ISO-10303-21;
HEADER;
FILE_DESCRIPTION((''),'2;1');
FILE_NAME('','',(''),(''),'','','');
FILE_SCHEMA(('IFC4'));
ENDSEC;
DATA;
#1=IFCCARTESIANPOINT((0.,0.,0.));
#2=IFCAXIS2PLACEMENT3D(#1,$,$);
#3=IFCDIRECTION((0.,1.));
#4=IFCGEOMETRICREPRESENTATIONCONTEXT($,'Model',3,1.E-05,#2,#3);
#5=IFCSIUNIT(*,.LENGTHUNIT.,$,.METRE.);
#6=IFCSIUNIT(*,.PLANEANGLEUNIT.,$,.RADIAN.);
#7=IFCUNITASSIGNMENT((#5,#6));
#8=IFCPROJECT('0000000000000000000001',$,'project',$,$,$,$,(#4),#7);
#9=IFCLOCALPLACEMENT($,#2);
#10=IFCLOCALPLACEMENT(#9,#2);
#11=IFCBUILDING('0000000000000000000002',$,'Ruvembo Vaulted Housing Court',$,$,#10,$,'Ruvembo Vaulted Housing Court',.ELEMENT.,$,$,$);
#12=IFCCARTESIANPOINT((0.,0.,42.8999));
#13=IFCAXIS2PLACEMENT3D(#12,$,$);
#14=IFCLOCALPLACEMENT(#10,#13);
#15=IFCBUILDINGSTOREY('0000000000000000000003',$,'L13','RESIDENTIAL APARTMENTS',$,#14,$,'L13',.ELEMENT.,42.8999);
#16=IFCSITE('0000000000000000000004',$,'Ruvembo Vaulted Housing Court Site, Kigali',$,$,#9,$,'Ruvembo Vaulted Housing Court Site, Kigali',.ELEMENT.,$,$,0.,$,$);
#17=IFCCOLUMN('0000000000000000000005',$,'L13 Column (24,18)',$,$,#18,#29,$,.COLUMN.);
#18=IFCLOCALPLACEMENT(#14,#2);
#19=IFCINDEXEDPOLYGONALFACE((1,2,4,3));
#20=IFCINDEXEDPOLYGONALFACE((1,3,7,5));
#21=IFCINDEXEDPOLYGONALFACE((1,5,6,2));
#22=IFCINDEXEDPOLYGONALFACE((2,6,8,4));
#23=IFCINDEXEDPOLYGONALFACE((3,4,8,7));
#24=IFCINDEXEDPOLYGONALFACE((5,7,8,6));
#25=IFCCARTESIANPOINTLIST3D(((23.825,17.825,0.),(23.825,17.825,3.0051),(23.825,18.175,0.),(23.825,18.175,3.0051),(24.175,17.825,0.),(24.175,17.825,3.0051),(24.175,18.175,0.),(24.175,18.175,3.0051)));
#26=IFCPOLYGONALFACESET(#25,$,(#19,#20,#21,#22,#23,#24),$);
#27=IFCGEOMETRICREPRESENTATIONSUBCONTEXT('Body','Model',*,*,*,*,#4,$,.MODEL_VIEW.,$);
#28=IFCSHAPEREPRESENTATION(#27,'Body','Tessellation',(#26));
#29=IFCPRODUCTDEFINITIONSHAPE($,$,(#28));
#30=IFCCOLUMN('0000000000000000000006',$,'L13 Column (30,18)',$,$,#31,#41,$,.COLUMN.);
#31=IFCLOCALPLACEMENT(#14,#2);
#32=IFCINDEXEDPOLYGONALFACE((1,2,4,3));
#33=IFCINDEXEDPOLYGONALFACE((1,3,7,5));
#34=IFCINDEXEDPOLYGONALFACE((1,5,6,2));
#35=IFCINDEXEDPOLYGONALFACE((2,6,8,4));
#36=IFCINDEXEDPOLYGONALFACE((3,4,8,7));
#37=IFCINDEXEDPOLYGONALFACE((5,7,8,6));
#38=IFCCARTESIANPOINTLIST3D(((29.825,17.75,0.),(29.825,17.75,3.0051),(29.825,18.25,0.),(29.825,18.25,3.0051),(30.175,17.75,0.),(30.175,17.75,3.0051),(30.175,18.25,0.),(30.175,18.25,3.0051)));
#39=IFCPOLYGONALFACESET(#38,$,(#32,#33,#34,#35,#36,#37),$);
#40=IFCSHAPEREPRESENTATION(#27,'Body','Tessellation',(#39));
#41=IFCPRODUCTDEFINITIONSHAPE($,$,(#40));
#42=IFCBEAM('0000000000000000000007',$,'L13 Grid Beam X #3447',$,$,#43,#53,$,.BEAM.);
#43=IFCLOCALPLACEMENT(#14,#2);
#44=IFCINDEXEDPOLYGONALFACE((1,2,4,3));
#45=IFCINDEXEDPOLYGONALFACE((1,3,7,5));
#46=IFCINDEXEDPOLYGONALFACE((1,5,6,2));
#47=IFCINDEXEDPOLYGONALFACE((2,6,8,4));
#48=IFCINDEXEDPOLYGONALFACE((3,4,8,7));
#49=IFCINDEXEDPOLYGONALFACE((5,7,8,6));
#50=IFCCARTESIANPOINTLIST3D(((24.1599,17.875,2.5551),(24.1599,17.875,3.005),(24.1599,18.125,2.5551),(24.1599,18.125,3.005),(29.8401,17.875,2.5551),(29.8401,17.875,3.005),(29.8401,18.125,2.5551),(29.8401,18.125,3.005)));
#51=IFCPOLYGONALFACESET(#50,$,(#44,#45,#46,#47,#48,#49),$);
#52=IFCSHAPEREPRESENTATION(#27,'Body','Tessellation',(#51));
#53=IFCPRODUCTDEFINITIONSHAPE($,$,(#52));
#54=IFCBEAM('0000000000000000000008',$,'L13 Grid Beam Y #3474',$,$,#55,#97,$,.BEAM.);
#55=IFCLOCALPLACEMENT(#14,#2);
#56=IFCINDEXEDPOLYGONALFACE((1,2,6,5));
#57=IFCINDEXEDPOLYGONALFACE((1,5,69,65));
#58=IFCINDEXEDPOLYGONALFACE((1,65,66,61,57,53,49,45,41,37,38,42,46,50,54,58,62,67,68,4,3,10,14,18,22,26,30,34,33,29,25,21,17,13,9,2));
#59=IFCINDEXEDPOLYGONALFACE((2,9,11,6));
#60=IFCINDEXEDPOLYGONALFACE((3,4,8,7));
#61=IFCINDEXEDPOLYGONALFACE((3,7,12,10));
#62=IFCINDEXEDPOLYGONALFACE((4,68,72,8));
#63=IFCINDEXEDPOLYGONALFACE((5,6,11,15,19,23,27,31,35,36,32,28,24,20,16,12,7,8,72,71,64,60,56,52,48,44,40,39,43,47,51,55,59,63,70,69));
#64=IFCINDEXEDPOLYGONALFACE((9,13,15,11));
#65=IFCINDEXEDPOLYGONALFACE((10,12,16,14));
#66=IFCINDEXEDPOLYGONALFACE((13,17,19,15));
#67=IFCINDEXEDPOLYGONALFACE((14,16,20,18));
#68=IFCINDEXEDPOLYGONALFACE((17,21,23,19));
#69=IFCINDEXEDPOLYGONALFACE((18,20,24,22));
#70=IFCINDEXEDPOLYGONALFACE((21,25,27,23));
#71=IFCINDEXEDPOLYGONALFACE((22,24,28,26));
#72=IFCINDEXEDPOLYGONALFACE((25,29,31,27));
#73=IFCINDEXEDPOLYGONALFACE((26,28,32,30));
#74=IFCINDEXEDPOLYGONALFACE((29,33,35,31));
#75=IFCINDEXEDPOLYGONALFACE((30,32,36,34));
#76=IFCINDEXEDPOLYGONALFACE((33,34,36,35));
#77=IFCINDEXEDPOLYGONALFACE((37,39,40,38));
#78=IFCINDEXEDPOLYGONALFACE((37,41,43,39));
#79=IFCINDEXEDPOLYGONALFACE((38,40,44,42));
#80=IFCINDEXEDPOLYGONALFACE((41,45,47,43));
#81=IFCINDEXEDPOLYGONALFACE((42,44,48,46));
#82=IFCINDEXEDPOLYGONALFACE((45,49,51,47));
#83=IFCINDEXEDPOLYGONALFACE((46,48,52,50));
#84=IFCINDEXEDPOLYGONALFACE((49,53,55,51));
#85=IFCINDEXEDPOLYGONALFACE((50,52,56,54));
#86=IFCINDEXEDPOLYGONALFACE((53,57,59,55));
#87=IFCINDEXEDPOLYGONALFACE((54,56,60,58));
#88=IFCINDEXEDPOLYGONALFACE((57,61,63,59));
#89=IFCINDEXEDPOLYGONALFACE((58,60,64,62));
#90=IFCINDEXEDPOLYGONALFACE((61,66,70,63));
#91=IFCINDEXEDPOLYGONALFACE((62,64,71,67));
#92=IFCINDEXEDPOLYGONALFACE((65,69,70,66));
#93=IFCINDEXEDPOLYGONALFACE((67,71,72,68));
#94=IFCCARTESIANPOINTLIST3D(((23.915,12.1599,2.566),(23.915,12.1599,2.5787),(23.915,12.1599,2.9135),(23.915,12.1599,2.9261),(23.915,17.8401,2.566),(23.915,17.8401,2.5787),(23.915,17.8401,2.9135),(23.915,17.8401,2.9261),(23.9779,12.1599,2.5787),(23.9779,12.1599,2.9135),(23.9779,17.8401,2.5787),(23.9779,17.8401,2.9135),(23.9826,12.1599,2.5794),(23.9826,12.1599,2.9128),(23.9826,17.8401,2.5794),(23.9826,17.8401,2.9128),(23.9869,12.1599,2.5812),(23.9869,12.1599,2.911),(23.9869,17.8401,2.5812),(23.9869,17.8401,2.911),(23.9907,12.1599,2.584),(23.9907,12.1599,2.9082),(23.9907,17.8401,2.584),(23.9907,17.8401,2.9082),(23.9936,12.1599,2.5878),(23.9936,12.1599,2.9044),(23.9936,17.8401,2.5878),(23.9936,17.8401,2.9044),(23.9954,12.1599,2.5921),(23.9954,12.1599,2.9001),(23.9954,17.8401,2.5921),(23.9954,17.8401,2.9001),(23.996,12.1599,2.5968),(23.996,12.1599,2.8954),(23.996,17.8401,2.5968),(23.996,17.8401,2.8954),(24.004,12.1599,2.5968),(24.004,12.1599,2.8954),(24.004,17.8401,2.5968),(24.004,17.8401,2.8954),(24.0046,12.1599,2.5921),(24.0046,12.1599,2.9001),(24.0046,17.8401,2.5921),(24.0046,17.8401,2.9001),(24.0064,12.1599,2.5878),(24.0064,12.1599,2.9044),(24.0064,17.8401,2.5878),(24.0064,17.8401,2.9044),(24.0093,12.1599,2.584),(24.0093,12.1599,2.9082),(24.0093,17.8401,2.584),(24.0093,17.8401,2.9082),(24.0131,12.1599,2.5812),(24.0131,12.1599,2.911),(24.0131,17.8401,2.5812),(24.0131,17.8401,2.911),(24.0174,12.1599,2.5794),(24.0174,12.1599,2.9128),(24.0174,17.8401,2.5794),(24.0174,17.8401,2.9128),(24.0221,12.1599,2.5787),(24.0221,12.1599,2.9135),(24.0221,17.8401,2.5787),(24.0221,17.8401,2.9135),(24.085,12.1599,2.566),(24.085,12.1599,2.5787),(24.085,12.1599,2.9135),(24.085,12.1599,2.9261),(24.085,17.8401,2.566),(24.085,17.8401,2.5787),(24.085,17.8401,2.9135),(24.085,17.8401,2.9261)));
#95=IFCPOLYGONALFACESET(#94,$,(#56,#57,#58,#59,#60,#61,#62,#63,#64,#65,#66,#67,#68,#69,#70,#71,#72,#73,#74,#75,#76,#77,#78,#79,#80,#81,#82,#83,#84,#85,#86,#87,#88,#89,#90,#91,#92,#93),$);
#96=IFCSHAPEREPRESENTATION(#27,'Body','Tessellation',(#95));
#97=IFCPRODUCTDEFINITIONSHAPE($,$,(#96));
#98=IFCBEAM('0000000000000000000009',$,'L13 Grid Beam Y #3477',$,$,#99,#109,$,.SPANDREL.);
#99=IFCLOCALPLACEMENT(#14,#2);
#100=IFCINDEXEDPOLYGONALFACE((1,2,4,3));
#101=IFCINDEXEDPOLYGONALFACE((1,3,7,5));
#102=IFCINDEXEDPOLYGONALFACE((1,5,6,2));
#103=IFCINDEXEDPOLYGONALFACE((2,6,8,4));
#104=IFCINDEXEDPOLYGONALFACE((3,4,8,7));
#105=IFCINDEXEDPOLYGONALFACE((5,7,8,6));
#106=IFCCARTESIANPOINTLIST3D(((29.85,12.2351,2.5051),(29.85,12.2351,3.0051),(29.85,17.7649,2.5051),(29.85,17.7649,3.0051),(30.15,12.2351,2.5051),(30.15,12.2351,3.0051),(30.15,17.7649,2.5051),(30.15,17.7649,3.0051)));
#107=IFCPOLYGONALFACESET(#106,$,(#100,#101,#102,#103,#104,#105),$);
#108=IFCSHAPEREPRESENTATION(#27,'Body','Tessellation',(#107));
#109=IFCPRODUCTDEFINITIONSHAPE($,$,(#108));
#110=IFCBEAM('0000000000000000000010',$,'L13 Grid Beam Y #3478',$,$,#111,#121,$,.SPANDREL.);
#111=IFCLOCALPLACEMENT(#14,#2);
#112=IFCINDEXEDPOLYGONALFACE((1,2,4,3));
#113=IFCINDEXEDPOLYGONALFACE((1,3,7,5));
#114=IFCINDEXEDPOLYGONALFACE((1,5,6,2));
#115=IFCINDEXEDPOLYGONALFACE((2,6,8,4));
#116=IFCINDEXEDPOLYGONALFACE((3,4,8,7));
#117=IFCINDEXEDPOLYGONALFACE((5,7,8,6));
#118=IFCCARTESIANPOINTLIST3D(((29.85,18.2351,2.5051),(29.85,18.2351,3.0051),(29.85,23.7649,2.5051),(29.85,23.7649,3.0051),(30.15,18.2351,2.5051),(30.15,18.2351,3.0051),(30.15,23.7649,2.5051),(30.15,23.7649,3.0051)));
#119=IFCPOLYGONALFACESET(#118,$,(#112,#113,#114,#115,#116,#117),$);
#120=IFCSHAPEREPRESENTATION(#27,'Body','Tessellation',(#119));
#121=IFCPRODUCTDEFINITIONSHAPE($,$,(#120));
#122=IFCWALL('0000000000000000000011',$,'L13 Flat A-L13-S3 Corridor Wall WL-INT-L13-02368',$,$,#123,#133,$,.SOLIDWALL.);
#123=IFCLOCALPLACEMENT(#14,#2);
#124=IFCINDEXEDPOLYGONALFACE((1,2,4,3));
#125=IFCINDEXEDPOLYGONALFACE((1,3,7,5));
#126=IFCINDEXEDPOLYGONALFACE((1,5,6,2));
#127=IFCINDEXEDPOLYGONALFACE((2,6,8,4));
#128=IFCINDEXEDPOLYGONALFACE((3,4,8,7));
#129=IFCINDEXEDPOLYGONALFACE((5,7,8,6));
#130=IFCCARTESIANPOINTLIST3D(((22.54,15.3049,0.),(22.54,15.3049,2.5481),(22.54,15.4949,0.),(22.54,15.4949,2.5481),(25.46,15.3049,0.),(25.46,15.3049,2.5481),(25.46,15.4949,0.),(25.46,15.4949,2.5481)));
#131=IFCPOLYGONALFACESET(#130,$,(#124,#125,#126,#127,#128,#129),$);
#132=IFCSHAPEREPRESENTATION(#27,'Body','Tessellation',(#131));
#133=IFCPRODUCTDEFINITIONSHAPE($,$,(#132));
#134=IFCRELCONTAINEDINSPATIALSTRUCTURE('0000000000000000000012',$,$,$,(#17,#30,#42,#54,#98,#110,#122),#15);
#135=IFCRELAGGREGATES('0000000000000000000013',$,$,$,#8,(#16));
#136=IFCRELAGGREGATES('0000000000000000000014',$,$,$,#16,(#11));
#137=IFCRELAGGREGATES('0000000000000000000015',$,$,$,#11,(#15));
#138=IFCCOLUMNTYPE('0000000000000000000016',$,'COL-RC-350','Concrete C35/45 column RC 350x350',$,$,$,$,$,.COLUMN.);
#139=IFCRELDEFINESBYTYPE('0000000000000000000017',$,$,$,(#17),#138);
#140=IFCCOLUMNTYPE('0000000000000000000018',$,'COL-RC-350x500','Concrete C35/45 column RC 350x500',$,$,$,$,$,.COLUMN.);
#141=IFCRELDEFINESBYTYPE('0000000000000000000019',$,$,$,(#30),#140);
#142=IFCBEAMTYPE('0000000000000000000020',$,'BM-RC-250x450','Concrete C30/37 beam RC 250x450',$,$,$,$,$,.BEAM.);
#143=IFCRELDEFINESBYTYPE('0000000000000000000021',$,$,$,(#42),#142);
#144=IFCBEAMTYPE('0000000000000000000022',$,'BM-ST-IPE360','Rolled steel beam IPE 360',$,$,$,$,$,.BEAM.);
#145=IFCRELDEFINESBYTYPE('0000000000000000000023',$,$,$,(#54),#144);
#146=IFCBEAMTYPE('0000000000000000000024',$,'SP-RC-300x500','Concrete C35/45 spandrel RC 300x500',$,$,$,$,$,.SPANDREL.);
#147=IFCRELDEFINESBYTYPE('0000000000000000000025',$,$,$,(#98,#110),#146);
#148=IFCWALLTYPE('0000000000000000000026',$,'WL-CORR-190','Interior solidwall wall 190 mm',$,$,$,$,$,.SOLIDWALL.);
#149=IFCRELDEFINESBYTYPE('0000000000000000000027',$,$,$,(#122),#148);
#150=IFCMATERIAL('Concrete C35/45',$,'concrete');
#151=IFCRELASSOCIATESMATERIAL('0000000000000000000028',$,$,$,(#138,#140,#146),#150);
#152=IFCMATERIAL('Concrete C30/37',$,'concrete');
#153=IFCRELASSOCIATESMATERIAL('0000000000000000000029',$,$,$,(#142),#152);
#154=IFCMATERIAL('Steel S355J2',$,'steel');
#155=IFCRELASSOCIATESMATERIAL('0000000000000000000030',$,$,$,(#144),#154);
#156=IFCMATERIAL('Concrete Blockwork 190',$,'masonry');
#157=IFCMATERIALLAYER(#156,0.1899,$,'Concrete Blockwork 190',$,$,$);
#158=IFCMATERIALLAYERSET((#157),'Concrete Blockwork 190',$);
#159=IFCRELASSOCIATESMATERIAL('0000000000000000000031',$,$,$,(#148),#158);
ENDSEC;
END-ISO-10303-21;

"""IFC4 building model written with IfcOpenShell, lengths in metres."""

from ifc_helpers import new_model, si_unit, direction, frame, frame_2d, origin, origin_2d, place, context, subcontext, project, spatial, rectangle, i_section, extrude, material, layer, layer_set, material_profile, profile_set, type_object, element, save


model = new_model("IFC4")

# Units and contexts
model_context = context("Model", 3, precision=1e-05, world=origin(), true_north=direction((0.0, 1.0)))
body_context = subcontext(model_context, "Body", "Model", "MODEL_VIEW")
ifc_project = project(units=[si_unit("LENGTHUNIT", "METRE"), si_unit("PLANEANGLEUNIT", "RADIAN")], contexts=[model_context])

# Site, building, storey
site_placement = place(None, origin())
site = spatial("IfcSite", under=ifc_project, at=site_placement, Name="Ruvembo Vaulted Housing Court Site, Kigali", LongName="Ruvembo Vaulted Housing Court Site, Kigali", CompositionType="ELEMENT", RefElevation=0.0)
building_placement = place(site_placement, origin())
building = spatial("IfcBuilding", under=site, at=building_placement, Name="Ruvembo Vaulted Housing Court", LongName="Ruvembo Vaulted Housing Court", CompositionType="ELEMENT")
storey_placement = place(building_placement, frame((0.0, 0.0, 42.8999)))
storey = spatial("IfcBuildingStorey", under=building, at=storey_placement, Name="L13", Description="RESIDENTIAL APARTMENTS", LongName="L13", CompositionType="ELEMENT", Elevation=42.8999)

# Columns
ifc_material_1 = material(Name="Concrete C35/45", Category="concrete")
ifc_material_profile_1 = material_profile(ifc_material_1, rectangle(XDim=0.3501, YDim=0.3501, at=origin_2d()), Name="RC 350x350")
ifc_profile_set_1 = profile_set([ifc_material_profile_1], Name="Concrete C35/45")
column_type_1 = type_object("IfcColumnType", Name="COL-RC-350", Description="Concrete C35/45 column RC 350x350", PredefinedType="COLUMN", material=ifc_profile_set_1)
column_1_placement = place(storey_placement, frame((24.0, 18.0, 0.0), z_axis=(0.0, 0.0, 1.0), x_axis=(1.0, 0.0, 0.0)))
element("IfcColumn", 1, at=column_1_placement, inside=storey, type_object=column_type_1, Name="L13 Column (24,18)", PredefinedType="COLUMN", context=body_context, shape_type="SweptSolid", body=[
    extrude(rectangle(XDim=0.3501, YDim=0.3501, at=origin_2d()), origin(), (0.0, 0.0, 1.0), 3.0051),
])
ifc_material_profile_2 = material_profile(ifc_material_1, rectangle(XDim=0.3501, YDim=0.5, at=origin_2d()), Name="RC 350x500")
ifc_profile_set_2 = profile_set([ifc_material_profile_2], Name="Concrete C35/45")
column_type_2 = type_object("IfcColumnType", Name="COL-RC-350x500", Description="Concrete C35/45 column RC 350x500", PredefinedType="COLUMN", material=ifc_profile_set_2)
column_2_placement = place(storey_placement, frame((30.0, 18.0, 0.0), z_axis=(0.0, 0.0, 1.0), x_axis=(1.0, 0.0, 0.0)))
element("IfcColumn", 2, at=column_2_placement, inside=storey, type_object=column_type_2, Name="L13 Column (30,18)", PredefinedType="COLUMN", context=body_context, shape_type="SweptSolid", body=[
    extrude(rectangle(XDim=0.3501, YDim=0.5, at=origin_2d()), origin(), (0.0, 0.0, 1.0), 3.0051),
])

# Beams
ifc_material_2 = material(Name="Concrete C30/37", Category="concrete")
ifc_material_profile_3 = material_profile(ifc_material_2, rectangle(XDim=0.25, YDim=0.45, at=origin_2d()), Name="RC 250x450")
ifc_profile_set_3 = profile_set([ifc_material_profile_3], Name="Concrete C30/37")
beam_type_1 = type_object("IfcBeamType", Name="BM-RC-250x450", Description="Concrete C30/37 beam RC 250x450", PredefinedType="BEAM", material=ifc_profile_set_3)
beam_1_placement = place(storey_placement, frame((24.1599, 18.0, 2.78), z_axis=(1.0, 0.0, 0.0), x_axis=(0.0, 1.0, 0.0)))
element("IfcBeam", 3, at=beam_1_placement, inside=storey, type_object=beam_type_1, Name="L13 Grid Beam X #3447", PredefinedType="BEAM", context=body_context, shape_type="SweptSolid", body=[
    extrude(rectangle(XDim=0.25, YDim=0.45, at=origin_2d()), origin(), (0.0, 0.0, 1.0), 5.6802),
])
ifc_material_3 = material(Name="Steel S355J2", Category="steel")
ifc_material_profile_4 = material_profile(ifc_material_3, i_section(OverallWidth=0.1699, OverallDepth=0.3601, WebThickness=0.0081, FlangeThickness=0.0127, FilletRadius=0.0181, at=origin_2d()), Name="IPE 360")
ifc_profile_set_4 = profile_set([ifc_material_profile_4], Name="Steel S355J2")
beam_type_2 = type_object("IfcBeamType", Name="BM-ST-IPE360", Description="Rolled steel beam IPE 360", PredefinedType="BEAM", material=ifc_profile_set_4)
beam_2_placement = place(storey_placement, frame((24.0, 12.1599, 2.7461), z_axis=(0.0, 1.0, 0.0), x_axis=(-1.0, 0.0, 0.0)))
element("IfcBeam", 4, at=beam_2_placement, inside=storey, type_object=beam_type_2, Name="L13 Grid Beam Y #3474", PredefinedType="BEAM", context=body_context, shape_type="SweptSolid", body=[
    extrude(i_section(OverallWidth=0.1699, OverallDepth=0.3601, WebThickness=0.0081, FlangeThickness=0.0127, FilletRadius=0.0181, at=origin_2d()), origin(), (0.0, 0.0, 1.0), 5.6802),
])
ifc_material_profile_5 = material_profile(ifc_material_1, rectangle(XDim=0.3, YDim=0.5, at=origin_2d()), Name="RC 300x500")
ifc_profile_set_5 = profile_set([ifc_material_profile_5], Name="Concrete C35/45")
beam_type_3 = type_object("IfcBeamType", Name="SP-RC-300x500", Description="Concrete C35/45 spandrel RC 300x500", PredefinedType="SPANDREL", material=ifc_profile_set_5)
for number, where, z_axis, x_axis, name in (
    (5, (30.0, 12.2351, 2.7551), (0.0, 1.0, 0.0), (-1.0, 0.0, 0.0), "L13 Grid Beam Y #3477"),
    (6, (30.0, 18.2351, 2.7551), (0.0, 1.0, 0.0), (-1.0, 0.0, 0.0), "L13 Grid Beam Y #3478"),
):
    element("IfcBeam", number, at=place(storey_placement, frame(where, z_axis=z_axis, x_axis=x_axis)), inside=storey, type_object=beam_type_3, Name=name, PredefinedType="SPANDREL", context=body_context, shape_type="SweptSolid", body=[
        extrude(rectangle(XDim=0.3, YDim=0.5, at=origin_2d()), origin(), (0.0, 0.0, 1.0), 5.5298),
    ])

# Wall
ifc_material_4 = material(Name="Concrete Blockwork 190", Category="masonry")
ifc_layer_1 = layer(ifc_material_4, 0.1899, Name="Concrete Blockwork 190")
ifc_layer_set_1 = layer_set([ifc_layer_1], Name="Concrete Blockwork 190")
wall_type_1 = type_object("IfcWallType", Name="WL-CORR-190", Description="Interior solidwall wall 190 mm", PredefinedType="SOLIDWALL", material=ifc_layer_set_1)
wall_1_placement = place(storey_placement, frame((22.54, 15.3999, 0.0), z_axis=(0.0, 0.0, 1.0), x_axis=(1.0, 0.0, 0.0)))
element("IfcWall", 7, at=wall_1_placement, inside=storey, type_object=wall_type_1, Name="L13 Flat A-L13-S3 Corridor Wall WL-INT-L13-02368", PredefinedType="SOLIDWALL", context=body_context, shape_type="SweptSolid", body=[
    extrude(rectangle(XDim=2.9199, YDim=0.1899, at=frame_2d((1.46, 0.0))), origin(), (0.0, 0.0, 1.0), 2.5481),
])

save(model, "model.ifc")
